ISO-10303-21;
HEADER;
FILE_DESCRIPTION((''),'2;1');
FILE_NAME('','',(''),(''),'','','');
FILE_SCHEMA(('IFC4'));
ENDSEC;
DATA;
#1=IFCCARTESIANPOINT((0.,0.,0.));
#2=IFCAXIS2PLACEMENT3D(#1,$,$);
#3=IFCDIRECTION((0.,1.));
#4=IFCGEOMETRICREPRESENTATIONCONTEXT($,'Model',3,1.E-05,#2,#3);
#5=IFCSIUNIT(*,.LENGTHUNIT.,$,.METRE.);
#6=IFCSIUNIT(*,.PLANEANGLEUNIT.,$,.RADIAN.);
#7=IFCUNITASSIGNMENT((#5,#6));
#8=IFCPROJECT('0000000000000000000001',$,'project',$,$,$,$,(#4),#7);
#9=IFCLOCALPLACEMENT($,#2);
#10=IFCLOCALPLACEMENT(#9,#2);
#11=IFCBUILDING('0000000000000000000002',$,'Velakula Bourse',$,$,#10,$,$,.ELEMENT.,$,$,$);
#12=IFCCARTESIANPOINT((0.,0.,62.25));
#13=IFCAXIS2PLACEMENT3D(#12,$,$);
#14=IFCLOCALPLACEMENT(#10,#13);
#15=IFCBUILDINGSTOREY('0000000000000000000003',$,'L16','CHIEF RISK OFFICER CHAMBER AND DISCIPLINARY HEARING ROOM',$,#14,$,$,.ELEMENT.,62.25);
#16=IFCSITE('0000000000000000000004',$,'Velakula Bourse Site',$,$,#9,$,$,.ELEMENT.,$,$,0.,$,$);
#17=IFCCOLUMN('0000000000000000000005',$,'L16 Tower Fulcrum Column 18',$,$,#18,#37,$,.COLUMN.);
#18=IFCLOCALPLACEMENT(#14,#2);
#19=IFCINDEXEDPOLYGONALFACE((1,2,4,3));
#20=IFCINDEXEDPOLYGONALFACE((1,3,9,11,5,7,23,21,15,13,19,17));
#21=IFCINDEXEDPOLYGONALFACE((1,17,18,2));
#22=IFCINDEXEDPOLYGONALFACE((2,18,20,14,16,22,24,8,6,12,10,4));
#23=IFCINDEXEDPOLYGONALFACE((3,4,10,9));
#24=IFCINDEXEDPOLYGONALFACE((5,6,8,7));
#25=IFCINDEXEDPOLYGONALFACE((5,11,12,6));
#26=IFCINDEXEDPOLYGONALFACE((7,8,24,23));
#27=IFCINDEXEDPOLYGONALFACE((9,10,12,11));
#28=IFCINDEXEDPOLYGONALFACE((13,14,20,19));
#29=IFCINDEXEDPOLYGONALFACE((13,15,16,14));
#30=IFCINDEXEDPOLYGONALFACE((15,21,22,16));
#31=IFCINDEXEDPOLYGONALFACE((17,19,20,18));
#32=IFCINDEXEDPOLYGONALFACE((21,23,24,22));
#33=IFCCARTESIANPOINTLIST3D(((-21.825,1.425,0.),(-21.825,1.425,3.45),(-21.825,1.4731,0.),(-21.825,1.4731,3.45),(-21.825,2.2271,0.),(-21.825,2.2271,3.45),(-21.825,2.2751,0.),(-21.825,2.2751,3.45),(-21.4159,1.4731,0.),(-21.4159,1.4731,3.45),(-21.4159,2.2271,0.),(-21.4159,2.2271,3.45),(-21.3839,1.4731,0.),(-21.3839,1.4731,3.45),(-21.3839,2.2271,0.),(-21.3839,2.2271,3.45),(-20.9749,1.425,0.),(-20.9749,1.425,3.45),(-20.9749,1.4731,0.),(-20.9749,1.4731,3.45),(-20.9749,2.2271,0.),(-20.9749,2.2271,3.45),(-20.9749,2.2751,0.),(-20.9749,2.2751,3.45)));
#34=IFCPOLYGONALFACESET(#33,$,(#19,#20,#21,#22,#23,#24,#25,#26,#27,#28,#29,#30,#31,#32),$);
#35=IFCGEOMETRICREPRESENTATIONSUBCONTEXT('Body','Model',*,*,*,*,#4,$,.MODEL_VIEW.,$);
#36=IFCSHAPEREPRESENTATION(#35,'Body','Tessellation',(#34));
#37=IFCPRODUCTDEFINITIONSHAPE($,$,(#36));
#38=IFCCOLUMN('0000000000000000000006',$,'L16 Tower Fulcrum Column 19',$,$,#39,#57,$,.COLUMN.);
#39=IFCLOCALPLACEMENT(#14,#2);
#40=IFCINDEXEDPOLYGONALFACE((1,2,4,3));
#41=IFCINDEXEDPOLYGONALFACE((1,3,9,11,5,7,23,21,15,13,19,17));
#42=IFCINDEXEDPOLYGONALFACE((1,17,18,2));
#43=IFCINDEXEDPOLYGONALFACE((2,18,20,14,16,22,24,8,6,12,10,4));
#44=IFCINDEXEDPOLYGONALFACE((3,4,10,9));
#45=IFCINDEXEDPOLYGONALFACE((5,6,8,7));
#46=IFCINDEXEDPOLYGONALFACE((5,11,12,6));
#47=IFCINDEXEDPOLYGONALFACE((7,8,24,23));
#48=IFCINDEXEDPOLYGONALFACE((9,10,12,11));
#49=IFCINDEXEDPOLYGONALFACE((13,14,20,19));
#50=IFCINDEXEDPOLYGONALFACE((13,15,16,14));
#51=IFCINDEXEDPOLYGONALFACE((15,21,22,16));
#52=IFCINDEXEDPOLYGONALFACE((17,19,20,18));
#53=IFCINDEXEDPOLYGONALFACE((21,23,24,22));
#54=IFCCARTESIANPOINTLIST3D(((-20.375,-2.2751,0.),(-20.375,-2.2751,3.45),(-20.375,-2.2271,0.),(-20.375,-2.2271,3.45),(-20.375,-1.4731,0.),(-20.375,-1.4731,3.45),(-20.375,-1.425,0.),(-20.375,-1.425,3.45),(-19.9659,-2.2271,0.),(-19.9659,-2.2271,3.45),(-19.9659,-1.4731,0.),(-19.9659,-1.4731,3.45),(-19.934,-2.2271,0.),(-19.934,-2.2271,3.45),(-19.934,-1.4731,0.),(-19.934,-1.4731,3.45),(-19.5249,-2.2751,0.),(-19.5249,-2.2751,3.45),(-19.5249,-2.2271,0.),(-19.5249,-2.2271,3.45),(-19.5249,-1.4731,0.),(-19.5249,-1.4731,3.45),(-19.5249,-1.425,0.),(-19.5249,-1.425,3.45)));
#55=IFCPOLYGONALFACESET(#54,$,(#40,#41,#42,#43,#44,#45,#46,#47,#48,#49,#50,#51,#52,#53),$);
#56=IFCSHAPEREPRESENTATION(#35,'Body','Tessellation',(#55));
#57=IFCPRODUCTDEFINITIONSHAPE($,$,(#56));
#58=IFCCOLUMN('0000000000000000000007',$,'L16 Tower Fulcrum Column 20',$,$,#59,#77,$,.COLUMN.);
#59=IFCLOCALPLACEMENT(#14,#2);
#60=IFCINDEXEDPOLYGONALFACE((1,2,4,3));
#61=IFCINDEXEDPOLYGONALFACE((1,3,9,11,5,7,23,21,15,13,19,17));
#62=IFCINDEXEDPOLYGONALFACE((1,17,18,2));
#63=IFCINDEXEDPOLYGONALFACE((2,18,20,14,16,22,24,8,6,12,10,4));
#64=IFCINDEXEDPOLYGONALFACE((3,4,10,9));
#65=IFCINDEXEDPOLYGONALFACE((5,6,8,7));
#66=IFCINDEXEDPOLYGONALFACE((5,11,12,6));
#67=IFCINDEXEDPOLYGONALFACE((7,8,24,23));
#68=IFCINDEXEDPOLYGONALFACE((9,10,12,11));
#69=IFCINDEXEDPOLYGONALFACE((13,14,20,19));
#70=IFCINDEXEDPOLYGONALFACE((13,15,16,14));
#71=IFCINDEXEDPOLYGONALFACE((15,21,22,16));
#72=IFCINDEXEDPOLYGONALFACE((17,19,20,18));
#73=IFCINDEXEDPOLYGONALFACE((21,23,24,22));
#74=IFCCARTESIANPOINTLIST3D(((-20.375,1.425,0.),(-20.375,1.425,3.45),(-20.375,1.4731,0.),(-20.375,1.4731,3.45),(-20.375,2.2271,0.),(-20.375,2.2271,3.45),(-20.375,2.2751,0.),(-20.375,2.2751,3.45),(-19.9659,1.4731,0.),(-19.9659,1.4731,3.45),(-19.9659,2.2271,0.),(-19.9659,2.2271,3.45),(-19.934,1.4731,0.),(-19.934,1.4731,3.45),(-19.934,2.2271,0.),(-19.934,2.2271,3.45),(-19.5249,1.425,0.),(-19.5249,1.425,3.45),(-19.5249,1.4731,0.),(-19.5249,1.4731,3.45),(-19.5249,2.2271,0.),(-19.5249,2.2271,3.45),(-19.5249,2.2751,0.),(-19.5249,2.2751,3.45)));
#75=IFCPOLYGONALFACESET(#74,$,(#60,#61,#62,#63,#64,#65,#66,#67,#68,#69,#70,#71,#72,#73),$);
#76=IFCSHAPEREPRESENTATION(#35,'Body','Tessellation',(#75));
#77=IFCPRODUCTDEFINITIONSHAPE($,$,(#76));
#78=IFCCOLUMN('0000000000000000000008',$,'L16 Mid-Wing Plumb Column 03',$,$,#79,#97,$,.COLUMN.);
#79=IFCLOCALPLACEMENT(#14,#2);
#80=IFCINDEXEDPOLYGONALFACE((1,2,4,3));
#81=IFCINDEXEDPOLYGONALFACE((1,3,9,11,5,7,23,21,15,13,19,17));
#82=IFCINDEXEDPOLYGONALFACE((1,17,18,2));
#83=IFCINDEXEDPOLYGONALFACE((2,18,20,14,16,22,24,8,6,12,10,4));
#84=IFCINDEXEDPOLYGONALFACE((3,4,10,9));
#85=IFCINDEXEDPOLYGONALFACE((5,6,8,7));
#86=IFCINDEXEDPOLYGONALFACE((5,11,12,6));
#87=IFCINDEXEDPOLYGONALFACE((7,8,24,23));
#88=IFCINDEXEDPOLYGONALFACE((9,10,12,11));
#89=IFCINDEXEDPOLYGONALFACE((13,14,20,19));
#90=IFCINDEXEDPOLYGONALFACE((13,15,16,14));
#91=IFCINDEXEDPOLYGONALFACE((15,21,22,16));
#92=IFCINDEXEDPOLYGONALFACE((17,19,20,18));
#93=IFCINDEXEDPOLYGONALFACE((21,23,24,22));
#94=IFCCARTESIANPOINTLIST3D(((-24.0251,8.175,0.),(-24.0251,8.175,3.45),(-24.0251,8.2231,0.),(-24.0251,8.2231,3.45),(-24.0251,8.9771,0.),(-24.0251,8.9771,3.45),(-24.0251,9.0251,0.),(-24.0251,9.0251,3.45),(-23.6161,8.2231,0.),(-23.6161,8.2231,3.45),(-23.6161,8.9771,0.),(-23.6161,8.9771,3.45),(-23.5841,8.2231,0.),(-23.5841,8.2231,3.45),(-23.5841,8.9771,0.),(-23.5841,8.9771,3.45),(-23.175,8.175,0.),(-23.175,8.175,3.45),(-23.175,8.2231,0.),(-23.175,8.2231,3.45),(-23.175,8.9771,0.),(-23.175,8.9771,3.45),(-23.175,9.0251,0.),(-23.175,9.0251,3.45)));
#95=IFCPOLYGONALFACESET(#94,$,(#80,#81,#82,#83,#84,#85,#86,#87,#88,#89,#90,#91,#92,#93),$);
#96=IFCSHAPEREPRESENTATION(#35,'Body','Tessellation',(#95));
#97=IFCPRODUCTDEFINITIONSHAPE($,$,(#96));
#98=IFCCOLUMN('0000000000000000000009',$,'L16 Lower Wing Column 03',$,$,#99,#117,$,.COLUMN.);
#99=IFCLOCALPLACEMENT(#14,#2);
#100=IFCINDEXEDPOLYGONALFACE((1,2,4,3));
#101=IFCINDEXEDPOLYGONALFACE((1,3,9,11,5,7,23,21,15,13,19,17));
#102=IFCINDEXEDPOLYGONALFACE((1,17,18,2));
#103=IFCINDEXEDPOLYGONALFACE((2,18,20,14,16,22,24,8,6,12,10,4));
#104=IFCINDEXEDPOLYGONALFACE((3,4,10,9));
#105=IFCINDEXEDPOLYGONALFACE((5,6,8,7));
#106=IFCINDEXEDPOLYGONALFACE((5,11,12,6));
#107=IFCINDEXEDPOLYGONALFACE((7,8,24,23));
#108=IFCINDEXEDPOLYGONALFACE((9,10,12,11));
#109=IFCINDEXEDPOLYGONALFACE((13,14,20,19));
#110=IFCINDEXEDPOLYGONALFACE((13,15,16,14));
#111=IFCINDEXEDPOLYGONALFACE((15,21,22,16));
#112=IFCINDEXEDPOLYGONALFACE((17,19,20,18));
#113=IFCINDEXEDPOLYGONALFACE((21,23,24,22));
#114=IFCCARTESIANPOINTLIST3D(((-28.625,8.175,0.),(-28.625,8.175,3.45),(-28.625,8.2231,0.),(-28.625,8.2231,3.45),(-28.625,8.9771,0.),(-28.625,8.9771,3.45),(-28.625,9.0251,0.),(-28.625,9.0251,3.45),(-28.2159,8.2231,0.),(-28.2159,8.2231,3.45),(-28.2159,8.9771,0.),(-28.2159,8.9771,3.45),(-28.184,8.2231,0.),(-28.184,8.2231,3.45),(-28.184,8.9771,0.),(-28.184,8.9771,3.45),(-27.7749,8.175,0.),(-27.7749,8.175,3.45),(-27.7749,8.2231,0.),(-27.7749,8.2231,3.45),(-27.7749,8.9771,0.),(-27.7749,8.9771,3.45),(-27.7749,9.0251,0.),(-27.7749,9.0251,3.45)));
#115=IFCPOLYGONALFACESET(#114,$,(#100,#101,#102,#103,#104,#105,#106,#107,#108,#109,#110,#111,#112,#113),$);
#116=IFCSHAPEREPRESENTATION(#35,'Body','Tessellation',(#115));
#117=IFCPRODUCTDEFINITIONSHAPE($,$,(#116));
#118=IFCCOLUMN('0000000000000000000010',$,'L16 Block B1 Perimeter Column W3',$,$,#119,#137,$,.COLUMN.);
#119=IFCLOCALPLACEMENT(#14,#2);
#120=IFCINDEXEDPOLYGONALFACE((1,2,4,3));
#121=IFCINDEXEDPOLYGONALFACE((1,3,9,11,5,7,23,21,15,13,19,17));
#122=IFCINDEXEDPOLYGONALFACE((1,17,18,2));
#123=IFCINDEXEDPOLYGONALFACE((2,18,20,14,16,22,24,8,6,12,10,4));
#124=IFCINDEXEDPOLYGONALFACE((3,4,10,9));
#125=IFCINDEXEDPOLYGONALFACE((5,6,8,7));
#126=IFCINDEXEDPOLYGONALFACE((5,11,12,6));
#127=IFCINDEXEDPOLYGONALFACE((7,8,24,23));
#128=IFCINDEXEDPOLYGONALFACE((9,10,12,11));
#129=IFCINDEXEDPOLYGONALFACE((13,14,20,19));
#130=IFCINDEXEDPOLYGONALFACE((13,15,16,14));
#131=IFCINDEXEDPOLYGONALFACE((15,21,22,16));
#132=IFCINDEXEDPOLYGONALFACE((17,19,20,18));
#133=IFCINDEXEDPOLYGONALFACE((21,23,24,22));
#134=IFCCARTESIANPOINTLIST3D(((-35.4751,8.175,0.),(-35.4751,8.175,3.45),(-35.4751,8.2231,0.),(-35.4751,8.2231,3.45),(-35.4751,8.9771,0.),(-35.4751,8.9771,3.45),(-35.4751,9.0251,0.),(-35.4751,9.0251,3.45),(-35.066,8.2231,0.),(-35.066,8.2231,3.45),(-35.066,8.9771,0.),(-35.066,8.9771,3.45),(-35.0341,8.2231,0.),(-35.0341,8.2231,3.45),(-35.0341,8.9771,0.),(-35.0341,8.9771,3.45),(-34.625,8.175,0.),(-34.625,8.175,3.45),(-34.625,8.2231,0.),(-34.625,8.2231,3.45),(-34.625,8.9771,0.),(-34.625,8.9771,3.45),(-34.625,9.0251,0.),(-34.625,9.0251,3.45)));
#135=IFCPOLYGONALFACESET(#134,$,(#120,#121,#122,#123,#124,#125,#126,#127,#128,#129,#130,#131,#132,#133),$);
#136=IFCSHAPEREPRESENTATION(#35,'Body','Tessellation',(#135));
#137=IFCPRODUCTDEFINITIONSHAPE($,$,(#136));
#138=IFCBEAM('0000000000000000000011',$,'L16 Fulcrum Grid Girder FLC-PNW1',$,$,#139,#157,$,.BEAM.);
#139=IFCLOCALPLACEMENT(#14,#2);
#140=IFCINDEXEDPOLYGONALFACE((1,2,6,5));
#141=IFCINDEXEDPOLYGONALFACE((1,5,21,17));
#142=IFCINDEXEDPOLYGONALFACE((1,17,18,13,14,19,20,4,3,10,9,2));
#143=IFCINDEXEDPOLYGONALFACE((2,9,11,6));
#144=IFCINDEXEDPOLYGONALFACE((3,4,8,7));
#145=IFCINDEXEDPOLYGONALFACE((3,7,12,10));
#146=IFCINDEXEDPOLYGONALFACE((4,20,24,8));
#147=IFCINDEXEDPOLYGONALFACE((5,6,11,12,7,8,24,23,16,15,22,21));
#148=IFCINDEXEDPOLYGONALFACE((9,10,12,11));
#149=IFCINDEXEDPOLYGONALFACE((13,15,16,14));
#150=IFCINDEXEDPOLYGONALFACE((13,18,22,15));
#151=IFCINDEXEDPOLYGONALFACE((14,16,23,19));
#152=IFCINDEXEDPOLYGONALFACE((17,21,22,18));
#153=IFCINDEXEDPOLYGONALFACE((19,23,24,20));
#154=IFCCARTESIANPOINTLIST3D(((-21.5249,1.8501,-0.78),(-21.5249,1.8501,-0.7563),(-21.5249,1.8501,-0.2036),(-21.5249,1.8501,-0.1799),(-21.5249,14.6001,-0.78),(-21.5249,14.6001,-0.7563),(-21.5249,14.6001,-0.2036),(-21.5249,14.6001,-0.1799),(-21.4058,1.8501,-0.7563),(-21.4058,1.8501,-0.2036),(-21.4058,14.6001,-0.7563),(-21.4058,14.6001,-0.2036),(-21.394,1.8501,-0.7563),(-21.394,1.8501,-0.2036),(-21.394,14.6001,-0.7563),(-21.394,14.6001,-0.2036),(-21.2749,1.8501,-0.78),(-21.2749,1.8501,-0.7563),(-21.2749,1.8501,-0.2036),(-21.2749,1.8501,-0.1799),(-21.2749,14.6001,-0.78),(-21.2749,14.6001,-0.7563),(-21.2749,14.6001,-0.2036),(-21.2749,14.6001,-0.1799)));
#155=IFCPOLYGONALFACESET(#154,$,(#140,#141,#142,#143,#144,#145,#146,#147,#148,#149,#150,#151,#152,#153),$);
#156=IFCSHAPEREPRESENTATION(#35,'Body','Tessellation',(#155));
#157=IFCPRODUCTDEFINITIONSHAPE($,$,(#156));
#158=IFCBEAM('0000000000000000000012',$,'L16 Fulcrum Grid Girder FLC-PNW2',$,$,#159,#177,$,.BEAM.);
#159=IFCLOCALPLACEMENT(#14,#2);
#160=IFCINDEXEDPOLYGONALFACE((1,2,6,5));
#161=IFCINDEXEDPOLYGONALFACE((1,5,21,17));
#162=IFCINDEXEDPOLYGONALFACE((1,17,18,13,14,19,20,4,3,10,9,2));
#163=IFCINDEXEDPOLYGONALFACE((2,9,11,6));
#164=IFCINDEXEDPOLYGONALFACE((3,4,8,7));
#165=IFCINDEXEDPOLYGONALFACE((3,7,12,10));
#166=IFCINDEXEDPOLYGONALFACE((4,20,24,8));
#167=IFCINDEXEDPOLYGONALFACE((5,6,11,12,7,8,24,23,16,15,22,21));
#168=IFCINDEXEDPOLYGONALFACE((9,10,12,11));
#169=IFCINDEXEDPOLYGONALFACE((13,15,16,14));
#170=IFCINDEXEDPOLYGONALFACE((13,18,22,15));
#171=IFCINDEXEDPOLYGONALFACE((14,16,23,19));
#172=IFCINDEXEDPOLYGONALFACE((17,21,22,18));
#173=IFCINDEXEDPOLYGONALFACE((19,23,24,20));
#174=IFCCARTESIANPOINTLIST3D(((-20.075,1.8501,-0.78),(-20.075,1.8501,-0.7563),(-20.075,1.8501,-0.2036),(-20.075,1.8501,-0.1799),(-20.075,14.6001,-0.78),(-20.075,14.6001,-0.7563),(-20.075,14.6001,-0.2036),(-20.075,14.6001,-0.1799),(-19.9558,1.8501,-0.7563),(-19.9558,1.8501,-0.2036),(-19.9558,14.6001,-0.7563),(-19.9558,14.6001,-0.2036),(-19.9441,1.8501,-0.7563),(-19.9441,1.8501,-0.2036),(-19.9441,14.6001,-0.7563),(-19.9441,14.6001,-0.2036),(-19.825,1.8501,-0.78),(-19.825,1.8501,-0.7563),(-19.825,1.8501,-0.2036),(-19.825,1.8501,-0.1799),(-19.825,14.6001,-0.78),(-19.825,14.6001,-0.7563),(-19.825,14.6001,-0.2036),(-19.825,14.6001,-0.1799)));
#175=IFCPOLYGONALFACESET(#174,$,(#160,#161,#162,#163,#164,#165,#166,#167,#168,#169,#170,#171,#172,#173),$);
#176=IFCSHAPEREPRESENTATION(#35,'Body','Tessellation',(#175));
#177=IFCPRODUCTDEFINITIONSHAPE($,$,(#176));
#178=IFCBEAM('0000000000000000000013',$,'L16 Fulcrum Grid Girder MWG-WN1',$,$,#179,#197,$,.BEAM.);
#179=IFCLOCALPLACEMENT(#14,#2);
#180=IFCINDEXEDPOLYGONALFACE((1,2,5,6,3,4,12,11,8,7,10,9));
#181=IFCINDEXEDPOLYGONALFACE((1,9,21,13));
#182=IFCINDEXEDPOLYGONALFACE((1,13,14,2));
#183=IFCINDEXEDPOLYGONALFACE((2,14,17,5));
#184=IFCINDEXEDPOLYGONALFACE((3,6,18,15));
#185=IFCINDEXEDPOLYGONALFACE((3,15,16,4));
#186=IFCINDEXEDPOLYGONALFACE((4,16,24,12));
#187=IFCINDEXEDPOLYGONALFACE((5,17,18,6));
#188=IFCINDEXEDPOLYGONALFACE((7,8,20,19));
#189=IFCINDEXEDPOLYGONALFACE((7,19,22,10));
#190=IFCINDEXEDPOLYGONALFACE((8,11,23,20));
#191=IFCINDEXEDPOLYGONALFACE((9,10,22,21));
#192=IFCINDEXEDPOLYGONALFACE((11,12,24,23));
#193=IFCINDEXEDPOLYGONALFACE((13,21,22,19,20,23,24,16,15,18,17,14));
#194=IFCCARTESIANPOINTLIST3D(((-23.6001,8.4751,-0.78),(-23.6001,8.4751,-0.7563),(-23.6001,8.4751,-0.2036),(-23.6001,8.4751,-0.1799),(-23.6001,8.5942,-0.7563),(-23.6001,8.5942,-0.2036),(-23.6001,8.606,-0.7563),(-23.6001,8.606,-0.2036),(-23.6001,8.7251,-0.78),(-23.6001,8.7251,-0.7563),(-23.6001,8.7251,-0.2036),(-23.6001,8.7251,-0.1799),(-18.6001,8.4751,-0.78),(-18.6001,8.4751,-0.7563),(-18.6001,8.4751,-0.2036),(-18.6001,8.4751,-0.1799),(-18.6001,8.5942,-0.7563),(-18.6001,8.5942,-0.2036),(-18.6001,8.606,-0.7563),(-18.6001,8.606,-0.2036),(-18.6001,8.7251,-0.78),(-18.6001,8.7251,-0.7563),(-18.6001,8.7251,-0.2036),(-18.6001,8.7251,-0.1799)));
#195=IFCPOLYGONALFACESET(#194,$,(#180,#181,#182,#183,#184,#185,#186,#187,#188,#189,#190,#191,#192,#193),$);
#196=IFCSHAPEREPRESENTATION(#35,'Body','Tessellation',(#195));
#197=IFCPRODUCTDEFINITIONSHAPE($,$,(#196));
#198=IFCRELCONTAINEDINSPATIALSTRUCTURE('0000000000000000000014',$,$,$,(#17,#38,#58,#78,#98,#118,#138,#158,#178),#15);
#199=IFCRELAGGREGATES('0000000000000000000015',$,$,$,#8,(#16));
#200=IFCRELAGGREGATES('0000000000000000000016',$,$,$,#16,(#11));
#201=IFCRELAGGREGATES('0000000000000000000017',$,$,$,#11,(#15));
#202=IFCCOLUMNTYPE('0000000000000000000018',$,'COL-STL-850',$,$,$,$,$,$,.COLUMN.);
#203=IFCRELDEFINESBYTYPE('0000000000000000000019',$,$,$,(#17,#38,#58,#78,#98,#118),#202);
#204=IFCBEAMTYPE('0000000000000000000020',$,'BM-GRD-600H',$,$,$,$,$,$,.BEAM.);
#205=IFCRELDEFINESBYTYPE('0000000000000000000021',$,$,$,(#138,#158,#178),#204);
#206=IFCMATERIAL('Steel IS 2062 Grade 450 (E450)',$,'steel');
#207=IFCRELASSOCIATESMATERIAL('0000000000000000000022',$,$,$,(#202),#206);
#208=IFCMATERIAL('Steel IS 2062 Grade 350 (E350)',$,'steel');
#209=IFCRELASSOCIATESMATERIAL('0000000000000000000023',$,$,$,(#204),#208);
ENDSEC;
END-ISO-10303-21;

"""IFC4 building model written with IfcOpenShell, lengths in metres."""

from ifc_helpers import new_model, si_unit, direction, frame, origin, origin_2d, place, context, subcontext, project, spatial, i_section, extrude, material, material_profile, profile_set, type_object, element, save


model = new_model("IFC4")

# Units and contexts
model_context = context("Model", 3, precision=1e-05, world=origin(), true_north=direction((0.0, 1.0)))
body_context = subcontext(model_context, "Body", "Model", "MODEL_VIEW")
ifc_project = project(units=[si_unit("LENGTHUNIT", "METRE"), si_unit("PLANEANGLEUNIT", "RADIAN")], contexts=[model_context])

# Site, building, storey
site_placement = place(None, origin())
site = spatial("IfcSite", under=ifc_project, at=site_placement, Name="Velakula Bourse Site", CompositionType="ELEMENT", RefElevation=0.0)
building_placement = place(site_placement, origin())
building = spatial("IfcBuilding", under=site, at=building_placement, Name="Velakula Bourse", CompositionType="ELEMENT")
storey_placement = place(building_placement, frame((0.0, 0.0, 62.25)))
storey = spatial("IfcBuildingStorey", under=building, at=storey_placement, Name="L16", Description="CHIEF RISK OFFICER CHAMBER AND DISCIPLINARY HEARING ROOM", CompositionType="ELEMENT", Elevation=62.25)

# Columns
ifc_material_1 = material(Name="Steel IS 2062 Grade 450 (E450)", Category="steel")
ifc_material_profile_1 = material_profile(ifc_material_1, i_section(OverallWidth=0.8501, OverallDepth=0.8501, WebThickness=0.032, FlangeThickness=0.0481, at=origin_2d()), Name="Steel IS 2062 Grade 450 (E450)")
ifc_profile_set_1 = profile_set([ifc_material_profile_1], Name="Steel IS 2062 Grade 450 (E450)")
column_type = type_object("IfcColumnType", Name="COL-STL-850", PredefinedType="COLUMN", material=ifc_profile_set_1)
for number, where, z_axis, x_axis, name in (
    (1, (-21.3999, 1.8501, 0.0), (0.0, 0.0, 1.0), (1.0, 0.0, 0.0), "L16 Tower Fulcrum Column 18"),
    (2, (-19.95, -1.8501, 0.0), (0.0, 0.0, 1.0), (1.0, 0.0, 0.0), "L16 Tower Fulcrum Column 19"),
    (3, (-19.95, 1.8501, 0.0), (0.0, 0.0, 1.0), (1.0, 0.0, 0.0), "L16 Tower Fulcrum Column 20"),
    (4, (-23.6001, 8.6001, 0.0), (0.0, 0.0, 1.0), (1.0, 0.0, 0.0), "L16 Mid-Wing Plumb Column 03"),
    (5, (-28.2, 8.6001, 0.0), (0.0, 0.0, 1.0), (1.0, 0.0, 0.0), "L16 Lower Wing Column 03"),
    (6, (-35.05, 8.6001, 0.0), (0.0, 0.0, 1.0), (1.0, 0.0, 0.0), "L16 Block B1 Perimeter Column W3"),
):
    element("IfcColumn", number, at=place(storey_placement, frame(where, z_axis=z_axis, x_axis=x_axis)), inside=storey, type_object=column_type, Name=name, PredefinedType="COLUMN", context=body_context, shape_type="SweptSolid", body=[
        extrude(i_section(OverallWidth=0.8501, OverallDepth=0.8501, WebThickness=0.032, FlangeThickness=0.0481, at=origin_2d()), origin(), (0.0, 0.0, 1.0), 3.45),
    ])

# Beams
ifc_material_2 = material(Name="Steel IS 2062 Grade 350 (E350)", Category="steel")
ifc_material_profile_2 = material_profile(ifc_material_2, i_section(OverallWidth=0.25, OverallDepth=0.6001, WebThickness=0.0117, FlangeThickness=0.0237, at=origin_2d()), Name="Steel IS 2062 Grade 350 (E350)")
ifc_profile_set_2 = profile_set([ifc_material_profile_2], Name="Steel IS 2062 Grade 350 (E350)")
beam_type_1 = type_object("IfcBeamType", Name="BM-GRD-600H", PredefinedType="BEAM", material=ifc_profile_set_2)
for number, where, z_axis, x_axis, name in (
    (7, (-21.3999, 1.8501, -0.48), (0.0, 1.0, 0.0), (-1.0, 0.0, 0.0), "L16 Fulcrum Grid Girder FLC-PNW1"),
    (8, (-19.95, 1.8501, -0.48), (0.0, 1.0, 0.0), (-1.0, 0.0, 0.0), "L16 Fulcrum Grid Girder FLC-PNW2"),
):
    element("IfcBeam", number, at=place(storey_placement, frame(where, z_axis=z_axis, x_axis=x_axis)), inside=storey, type_object=beam_type_1, Name=name, PredefinedType="BEAM", context=body_context, shape_type="SweptSolid", body=[
        extrude(i_section(OverallWidth=0.25, OverallDepth=0.6001, WebThickness=0.0117, FlangeThickness=0.0237, at=origin_2d()), origin(), (0.0, 0.0, 1.0), 12.75),
    ])
beam_1_placement = place(storey_placement, frame((-23.6001, 8.6001, -0.48), z_axis=(1.0, 0.0, 0.0), x_axis=(0.0, 1.0, 0.0)))
element("IfcBeam", 9, at=beam_1_placement, inside=storey, type_object=beam_type_1, Name="L16 Fulcrum Grid Girder MWG-WN1", PredefinedType="BEAM", context=body_context, shape_type="SweptSolid", body=[
    extrude(i_section(OverallWidth=0.25, OverallDepth=0.6001, WebThickness=0.0117, FlangeThickness=0.0237, at=origin_2d()), origin(), (0.0, 0.0, 1.0), 5.0),
])

save(model, "model.ifc")
